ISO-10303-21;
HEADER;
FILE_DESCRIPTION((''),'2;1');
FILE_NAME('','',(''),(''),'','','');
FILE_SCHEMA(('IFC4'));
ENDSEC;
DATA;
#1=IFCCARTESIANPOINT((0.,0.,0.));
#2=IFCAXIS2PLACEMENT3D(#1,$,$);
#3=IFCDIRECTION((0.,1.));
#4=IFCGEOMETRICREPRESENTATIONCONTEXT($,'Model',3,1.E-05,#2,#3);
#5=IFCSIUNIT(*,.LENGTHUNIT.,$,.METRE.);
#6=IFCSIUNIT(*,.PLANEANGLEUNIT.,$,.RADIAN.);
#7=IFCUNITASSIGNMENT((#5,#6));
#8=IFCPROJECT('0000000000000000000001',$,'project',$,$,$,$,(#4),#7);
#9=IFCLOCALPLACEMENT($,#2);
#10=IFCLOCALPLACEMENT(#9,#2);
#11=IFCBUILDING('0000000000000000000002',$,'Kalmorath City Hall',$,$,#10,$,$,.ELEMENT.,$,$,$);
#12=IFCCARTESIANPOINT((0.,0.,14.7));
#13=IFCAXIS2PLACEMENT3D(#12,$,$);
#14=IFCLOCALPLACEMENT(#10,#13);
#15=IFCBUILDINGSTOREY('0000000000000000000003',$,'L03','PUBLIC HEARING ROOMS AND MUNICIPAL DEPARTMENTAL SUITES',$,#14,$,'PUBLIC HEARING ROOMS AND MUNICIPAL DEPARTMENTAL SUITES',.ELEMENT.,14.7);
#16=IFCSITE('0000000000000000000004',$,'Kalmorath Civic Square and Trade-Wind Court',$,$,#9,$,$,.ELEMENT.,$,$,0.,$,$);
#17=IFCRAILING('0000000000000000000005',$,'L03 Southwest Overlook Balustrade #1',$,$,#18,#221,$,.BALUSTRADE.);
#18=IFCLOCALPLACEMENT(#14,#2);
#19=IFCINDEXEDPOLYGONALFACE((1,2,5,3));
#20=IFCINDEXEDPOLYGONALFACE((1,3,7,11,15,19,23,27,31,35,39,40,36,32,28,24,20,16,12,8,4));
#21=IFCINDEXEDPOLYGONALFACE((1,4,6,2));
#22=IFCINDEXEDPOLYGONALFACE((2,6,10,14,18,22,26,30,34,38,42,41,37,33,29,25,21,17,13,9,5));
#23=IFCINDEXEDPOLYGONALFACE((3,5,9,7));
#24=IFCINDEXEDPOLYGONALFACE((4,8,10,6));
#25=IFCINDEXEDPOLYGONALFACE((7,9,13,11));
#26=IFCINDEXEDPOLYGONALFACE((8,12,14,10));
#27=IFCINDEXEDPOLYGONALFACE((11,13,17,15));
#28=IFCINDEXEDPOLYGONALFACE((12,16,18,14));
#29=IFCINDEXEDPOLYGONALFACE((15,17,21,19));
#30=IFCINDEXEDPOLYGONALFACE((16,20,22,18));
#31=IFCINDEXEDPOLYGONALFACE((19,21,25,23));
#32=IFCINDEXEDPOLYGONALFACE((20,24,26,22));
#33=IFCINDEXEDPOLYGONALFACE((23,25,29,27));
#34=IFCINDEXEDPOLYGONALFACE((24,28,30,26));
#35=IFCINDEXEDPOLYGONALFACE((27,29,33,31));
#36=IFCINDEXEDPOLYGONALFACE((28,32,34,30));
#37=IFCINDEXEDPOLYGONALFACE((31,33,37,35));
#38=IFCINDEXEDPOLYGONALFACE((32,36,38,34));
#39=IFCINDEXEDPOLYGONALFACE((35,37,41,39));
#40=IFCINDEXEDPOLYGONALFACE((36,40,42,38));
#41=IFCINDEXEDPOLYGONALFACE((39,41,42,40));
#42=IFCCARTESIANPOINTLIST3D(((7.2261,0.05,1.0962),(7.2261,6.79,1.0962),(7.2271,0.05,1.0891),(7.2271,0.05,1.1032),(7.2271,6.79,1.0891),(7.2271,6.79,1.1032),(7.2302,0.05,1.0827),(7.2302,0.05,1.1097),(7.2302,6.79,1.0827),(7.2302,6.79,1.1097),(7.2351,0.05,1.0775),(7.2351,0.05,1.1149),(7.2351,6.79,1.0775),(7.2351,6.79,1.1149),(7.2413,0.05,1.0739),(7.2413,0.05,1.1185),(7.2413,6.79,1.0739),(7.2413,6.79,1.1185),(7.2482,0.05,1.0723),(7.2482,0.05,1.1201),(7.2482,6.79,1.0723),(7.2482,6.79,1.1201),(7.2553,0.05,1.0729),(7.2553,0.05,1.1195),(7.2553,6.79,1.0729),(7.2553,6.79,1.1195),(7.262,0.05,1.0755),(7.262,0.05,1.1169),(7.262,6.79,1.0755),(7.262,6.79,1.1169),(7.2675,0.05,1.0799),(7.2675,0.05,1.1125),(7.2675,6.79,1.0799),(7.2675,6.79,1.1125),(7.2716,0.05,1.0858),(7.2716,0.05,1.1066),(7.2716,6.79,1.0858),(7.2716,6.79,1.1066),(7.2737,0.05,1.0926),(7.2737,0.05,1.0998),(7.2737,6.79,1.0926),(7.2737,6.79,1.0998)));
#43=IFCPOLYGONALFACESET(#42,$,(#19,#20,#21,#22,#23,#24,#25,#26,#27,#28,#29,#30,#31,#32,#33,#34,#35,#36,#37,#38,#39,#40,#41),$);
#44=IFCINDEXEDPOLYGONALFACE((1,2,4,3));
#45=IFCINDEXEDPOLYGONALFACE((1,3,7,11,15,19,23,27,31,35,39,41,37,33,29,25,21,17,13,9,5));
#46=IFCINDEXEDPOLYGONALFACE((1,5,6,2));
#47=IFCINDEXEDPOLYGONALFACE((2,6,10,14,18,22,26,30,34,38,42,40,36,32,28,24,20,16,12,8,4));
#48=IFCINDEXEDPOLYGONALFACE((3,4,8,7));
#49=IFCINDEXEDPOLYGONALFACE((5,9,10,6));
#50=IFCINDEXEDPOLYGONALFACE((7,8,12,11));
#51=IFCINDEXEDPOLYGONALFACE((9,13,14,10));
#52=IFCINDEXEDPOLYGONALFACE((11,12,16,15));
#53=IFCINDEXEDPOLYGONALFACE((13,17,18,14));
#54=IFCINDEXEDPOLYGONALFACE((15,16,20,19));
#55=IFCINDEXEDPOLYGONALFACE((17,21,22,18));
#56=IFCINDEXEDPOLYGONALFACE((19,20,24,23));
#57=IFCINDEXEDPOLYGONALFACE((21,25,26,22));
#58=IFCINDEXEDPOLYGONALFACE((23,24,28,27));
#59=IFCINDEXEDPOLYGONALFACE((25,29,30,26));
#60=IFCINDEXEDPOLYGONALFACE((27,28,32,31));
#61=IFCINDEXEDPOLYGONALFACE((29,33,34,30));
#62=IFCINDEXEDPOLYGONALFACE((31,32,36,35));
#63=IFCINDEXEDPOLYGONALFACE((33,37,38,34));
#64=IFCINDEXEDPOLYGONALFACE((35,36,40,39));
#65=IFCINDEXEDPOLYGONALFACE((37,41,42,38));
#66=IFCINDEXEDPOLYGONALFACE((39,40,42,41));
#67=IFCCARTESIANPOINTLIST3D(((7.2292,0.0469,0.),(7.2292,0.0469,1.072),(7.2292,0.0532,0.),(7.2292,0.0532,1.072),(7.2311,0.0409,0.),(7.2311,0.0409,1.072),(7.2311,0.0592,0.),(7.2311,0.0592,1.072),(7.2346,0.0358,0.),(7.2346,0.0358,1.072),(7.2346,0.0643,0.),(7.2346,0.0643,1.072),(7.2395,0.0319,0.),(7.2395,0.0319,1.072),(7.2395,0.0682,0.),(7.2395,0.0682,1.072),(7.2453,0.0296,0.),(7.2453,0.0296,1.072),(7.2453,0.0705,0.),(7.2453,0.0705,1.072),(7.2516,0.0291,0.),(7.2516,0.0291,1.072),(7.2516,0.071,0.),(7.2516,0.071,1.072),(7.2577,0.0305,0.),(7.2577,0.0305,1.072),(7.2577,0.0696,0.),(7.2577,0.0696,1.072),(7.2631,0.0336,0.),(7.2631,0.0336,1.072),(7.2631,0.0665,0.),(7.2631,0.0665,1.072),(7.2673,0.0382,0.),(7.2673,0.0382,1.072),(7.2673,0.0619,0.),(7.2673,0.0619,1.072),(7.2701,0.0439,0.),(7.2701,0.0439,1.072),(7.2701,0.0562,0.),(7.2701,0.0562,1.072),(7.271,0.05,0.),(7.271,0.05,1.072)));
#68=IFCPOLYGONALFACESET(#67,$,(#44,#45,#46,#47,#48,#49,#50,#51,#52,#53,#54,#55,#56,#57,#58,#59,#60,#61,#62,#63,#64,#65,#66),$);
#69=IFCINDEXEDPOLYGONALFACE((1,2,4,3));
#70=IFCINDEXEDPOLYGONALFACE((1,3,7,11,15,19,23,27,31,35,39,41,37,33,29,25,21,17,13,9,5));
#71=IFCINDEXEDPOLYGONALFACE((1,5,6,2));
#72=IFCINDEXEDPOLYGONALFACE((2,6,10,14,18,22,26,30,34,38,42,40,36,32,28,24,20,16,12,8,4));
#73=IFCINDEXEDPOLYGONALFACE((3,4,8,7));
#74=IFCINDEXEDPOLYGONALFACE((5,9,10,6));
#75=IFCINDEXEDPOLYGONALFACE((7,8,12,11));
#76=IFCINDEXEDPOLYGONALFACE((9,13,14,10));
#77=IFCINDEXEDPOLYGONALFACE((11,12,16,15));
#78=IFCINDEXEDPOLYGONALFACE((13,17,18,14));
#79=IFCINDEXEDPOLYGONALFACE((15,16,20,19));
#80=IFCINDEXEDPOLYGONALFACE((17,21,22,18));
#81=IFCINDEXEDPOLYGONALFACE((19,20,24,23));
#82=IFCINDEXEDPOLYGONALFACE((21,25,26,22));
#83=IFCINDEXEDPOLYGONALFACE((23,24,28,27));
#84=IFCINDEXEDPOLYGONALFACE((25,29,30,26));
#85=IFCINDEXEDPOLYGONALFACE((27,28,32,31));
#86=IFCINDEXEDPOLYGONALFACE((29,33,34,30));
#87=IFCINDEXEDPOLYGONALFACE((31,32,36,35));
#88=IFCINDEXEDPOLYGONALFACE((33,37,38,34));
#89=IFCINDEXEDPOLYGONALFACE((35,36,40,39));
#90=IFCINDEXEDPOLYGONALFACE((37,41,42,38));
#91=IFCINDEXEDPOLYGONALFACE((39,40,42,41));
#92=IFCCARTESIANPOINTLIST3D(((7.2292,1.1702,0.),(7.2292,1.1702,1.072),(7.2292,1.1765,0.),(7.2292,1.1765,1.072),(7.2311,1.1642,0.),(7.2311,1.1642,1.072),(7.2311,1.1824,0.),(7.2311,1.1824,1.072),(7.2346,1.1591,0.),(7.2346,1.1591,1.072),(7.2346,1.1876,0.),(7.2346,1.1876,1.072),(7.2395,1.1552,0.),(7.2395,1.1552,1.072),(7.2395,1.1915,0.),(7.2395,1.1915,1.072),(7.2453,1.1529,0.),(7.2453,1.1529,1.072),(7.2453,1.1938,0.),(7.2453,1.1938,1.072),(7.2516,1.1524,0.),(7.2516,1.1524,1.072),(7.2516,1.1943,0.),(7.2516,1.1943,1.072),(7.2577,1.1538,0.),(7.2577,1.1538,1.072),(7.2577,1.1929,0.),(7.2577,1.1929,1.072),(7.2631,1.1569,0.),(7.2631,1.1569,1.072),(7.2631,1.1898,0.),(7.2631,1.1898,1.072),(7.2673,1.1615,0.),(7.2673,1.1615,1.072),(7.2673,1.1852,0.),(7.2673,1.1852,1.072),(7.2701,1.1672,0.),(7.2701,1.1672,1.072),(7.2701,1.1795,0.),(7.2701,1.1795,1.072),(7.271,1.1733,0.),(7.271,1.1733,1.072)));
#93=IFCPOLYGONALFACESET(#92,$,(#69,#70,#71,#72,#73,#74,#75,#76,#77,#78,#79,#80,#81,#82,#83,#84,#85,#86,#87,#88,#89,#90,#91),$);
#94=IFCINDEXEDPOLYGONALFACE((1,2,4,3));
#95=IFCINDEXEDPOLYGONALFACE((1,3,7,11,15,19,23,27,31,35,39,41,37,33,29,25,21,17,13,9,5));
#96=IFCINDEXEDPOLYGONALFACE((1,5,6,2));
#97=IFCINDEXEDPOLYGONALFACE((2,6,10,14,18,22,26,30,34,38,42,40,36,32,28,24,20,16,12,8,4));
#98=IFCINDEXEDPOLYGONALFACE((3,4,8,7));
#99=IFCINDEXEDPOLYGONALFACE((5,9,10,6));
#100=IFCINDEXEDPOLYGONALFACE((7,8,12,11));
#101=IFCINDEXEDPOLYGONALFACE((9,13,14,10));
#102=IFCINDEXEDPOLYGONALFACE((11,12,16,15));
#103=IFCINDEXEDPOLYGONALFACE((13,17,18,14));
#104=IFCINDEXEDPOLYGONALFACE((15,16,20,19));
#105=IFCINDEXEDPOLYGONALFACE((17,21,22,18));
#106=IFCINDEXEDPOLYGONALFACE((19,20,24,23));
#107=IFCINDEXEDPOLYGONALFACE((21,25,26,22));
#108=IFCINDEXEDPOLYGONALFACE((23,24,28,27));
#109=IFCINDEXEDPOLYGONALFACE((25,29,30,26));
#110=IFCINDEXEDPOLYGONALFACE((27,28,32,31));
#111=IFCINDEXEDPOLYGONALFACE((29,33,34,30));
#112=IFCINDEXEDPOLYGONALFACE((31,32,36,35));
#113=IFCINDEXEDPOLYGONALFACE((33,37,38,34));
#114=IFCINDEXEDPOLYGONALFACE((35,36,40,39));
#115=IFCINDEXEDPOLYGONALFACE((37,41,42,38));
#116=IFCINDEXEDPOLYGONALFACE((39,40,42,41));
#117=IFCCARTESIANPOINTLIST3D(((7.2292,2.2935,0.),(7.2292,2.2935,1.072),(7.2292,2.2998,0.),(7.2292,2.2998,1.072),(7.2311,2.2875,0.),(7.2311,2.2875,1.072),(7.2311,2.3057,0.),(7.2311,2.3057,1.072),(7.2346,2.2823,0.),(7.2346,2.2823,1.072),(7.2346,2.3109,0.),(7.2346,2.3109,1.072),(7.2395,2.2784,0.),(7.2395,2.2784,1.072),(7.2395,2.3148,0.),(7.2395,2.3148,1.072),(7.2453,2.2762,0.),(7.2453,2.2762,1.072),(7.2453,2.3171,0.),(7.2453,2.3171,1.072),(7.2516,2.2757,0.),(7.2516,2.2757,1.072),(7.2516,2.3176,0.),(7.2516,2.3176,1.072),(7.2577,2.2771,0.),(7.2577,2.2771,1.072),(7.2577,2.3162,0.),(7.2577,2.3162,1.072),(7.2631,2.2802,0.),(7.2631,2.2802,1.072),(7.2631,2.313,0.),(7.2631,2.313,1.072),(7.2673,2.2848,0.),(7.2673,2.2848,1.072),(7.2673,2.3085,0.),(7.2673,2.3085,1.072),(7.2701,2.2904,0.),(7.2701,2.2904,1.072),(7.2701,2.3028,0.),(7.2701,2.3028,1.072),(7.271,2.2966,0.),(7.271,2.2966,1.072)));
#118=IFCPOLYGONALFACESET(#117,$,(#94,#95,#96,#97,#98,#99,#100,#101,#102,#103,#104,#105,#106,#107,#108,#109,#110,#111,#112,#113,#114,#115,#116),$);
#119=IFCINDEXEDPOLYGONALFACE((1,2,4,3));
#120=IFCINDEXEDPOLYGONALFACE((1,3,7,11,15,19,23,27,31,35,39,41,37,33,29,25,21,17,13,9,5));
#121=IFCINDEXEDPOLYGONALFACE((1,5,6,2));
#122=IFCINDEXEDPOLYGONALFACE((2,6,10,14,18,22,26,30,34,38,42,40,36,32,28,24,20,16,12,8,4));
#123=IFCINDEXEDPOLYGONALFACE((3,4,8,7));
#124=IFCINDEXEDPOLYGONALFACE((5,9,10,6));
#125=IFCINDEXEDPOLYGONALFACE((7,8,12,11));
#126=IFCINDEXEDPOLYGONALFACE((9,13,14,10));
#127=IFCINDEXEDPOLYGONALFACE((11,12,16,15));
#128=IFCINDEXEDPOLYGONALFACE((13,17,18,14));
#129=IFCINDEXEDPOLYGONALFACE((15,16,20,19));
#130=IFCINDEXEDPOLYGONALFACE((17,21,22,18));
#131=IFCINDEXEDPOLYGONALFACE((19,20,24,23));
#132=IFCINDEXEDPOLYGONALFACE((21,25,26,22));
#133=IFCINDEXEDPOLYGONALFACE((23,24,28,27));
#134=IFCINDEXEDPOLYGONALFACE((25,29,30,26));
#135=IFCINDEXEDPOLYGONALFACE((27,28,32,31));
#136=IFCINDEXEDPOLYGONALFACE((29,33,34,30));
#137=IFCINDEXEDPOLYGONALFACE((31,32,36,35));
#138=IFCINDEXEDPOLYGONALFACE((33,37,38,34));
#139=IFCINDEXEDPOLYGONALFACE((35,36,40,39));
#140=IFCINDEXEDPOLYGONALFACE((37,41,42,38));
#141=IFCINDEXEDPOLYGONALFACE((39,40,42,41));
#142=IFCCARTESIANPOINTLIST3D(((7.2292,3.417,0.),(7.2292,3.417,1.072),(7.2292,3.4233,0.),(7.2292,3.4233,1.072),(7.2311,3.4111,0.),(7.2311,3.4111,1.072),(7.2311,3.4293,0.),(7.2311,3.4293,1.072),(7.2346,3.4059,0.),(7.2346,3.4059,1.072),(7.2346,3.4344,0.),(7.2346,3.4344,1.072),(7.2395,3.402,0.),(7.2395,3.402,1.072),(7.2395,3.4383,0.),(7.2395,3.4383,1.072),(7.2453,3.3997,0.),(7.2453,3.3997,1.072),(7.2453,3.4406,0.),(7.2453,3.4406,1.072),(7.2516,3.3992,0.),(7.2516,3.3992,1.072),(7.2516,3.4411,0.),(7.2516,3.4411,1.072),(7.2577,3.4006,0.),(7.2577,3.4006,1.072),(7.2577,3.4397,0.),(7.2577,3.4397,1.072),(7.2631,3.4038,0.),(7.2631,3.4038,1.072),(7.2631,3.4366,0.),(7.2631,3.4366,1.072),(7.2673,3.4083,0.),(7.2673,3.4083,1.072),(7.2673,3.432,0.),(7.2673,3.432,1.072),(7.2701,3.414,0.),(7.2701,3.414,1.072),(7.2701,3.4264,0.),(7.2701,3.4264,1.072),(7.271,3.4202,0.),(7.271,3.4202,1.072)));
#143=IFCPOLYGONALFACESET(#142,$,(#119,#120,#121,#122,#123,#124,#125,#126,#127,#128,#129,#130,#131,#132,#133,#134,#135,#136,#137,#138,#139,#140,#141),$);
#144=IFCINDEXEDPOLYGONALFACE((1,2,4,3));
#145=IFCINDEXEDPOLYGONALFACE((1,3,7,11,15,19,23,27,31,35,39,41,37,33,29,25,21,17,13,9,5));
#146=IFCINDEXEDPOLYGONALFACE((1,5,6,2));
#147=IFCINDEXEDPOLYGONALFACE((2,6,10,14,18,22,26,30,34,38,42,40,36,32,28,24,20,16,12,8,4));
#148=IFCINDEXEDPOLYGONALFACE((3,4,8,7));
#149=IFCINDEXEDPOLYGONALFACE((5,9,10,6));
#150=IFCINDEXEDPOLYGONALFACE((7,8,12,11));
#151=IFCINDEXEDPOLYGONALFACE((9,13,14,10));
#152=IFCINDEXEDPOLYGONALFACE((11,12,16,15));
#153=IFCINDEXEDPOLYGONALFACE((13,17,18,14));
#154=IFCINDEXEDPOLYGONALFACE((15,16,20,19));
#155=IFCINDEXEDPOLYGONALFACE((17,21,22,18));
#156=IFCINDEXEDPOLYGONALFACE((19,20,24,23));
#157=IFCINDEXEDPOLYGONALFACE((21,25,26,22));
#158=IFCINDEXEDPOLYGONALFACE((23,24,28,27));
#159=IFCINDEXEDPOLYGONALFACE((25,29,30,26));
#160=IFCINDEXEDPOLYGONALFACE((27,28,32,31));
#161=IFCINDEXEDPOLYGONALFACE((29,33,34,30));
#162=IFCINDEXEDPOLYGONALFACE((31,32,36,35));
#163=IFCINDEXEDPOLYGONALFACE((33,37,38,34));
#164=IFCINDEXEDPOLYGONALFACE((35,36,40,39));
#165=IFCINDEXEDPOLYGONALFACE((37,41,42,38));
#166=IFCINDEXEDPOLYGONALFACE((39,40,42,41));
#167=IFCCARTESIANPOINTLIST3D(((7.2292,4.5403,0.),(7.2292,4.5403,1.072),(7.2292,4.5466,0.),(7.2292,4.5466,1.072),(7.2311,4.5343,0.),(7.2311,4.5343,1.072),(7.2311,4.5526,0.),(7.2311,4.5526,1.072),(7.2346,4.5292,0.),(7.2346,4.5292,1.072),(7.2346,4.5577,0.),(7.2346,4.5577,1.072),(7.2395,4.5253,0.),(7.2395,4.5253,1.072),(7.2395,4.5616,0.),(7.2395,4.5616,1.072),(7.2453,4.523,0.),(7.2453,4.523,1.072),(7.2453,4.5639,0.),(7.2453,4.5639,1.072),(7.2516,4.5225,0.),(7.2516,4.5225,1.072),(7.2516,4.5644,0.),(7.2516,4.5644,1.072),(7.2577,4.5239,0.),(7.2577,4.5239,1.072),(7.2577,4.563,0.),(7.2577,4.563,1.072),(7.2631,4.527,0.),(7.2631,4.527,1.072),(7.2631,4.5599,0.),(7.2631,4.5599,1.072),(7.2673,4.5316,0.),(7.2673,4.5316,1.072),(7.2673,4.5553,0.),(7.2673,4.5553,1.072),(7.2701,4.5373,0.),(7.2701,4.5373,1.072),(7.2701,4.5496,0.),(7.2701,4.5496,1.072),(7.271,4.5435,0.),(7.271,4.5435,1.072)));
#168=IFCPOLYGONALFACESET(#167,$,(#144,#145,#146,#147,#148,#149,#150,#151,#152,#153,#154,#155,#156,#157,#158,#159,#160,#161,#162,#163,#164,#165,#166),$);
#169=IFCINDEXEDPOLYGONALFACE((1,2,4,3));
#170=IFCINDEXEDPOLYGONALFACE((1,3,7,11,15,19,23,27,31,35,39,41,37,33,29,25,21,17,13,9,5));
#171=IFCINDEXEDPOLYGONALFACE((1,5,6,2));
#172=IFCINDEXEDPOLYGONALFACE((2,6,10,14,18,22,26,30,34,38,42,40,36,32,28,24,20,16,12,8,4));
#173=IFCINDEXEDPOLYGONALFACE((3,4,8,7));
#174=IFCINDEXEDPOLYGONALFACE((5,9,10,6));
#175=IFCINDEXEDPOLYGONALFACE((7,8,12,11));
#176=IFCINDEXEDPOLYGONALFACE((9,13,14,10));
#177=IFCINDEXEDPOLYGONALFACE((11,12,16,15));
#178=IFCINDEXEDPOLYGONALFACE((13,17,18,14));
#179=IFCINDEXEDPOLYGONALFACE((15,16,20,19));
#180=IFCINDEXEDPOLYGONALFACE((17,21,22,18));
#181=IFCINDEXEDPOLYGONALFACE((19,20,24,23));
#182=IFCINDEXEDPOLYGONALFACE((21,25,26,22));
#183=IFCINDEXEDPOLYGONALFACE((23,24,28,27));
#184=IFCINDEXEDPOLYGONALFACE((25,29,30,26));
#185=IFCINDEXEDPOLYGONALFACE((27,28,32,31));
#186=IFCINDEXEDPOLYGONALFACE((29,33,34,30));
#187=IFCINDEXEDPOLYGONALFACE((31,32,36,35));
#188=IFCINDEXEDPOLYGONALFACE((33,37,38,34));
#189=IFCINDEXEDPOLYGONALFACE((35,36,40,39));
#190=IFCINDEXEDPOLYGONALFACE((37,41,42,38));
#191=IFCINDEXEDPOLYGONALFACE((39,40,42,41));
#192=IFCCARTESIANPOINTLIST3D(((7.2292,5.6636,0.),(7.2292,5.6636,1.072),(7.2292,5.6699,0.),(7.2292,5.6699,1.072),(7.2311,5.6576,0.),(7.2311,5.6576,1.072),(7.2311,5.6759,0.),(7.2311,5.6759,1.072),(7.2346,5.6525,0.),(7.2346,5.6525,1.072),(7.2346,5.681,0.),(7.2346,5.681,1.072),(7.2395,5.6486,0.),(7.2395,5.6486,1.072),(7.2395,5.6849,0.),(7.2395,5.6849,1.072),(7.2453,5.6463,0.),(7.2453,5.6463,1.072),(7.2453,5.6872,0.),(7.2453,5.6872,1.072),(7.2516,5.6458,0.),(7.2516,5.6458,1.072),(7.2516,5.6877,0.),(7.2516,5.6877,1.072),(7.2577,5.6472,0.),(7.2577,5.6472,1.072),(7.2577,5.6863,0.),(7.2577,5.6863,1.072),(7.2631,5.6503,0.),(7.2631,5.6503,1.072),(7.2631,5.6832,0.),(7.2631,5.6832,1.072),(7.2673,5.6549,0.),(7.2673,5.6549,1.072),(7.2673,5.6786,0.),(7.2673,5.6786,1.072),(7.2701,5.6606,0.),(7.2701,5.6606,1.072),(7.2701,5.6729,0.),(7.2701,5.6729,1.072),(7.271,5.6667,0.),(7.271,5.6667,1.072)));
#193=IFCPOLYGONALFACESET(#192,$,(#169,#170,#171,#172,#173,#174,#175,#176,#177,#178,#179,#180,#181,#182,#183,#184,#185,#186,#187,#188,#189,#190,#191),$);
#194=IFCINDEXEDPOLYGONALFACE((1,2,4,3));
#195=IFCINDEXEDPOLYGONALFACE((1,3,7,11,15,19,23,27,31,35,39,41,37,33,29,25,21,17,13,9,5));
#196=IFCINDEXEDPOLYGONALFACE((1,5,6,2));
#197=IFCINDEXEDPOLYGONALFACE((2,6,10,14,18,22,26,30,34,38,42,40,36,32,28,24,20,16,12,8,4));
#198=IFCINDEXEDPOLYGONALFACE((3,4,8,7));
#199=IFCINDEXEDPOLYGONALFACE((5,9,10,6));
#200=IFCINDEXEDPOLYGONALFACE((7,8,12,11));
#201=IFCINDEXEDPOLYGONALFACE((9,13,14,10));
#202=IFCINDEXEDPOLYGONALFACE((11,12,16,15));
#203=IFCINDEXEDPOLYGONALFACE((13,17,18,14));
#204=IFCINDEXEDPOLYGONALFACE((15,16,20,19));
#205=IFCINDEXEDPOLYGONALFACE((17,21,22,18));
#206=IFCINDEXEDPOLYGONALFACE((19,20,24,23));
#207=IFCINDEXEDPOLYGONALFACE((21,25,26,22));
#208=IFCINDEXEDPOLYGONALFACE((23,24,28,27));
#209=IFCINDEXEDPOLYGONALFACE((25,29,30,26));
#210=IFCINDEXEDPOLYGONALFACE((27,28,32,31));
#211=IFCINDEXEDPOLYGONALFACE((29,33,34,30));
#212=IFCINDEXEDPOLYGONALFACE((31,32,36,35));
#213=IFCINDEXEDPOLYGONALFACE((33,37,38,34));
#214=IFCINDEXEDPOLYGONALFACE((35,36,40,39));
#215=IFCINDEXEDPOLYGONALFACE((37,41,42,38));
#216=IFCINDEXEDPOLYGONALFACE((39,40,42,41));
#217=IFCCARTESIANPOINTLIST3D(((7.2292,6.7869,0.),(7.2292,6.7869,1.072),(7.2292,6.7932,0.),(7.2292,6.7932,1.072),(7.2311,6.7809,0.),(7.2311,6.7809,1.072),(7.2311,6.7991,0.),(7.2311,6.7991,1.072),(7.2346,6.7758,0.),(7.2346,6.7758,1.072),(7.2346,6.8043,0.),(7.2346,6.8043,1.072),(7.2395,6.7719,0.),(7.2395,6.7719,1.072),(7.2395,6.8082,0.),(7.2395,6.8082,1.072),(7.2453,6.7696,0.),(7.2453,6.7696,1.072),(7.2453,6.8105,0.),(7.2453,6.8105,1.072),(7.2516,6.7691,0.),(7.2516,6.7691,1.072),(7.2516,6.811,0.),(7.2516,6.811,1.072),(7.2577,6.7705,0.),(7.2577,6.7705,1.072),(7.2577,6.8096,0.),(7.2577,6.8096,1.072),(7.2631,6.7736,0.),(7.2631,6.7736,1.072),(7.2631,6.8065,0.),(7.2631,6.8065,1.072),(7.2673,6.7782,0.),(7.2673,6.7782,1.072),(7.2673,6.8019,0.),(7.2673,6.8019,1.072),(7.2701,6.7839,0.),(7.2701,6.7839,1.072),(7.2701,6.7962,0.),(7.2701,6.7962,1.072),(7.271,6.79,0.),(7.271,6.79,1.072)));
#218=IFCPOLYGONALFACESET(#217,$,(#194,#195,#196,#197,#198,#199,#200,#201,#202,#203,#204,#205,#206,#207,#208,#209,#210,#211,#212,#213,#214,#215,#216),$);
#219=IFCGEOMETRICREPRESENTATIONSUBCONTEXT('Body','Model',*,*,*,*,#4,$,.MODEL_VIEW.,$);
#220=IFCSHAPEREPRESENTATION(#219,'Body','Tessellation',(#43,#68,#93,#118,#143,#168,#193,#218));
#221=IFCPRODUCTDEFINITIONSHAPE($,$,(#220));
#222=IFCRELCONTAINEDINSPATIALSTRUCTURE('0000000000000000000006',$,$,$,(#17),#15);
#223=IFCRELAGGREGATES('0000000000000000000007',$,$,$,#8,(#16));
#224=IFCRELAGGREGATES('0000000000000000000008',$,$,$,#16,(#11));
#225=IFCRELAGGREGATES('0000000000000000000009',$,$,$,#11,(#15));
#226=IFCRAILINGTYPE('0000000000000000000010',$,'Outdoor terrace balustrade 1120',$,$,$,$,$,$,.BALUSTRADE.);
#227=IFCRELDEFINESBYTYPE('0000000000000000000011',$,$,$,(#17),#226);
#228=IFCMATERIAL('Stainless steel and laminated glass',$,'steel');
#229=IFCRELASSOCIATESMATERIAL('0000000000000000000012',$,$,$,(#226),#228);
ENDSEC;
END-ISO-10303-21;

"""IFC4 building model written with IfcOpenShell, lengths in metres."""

from ifc_helpers import new_model, si_unit, direction, frame, origin, origin_2d, place, context, subcontext, project, spatial, circle, extrude, material, type_object, element, save


model = new_model("IFC4")

# Units and contexts
model_context = context("Model", 3, precision=1e-05, world=origin(), true_north=direction((0.0, 1.0)))
body_context = subcontext(model_context, "Body", "Model", "MODEL_VIEW")
ifc_project = project(units=[si_unit("LENGTHUNIT", "METRE"), si_unit("PLANEANGLEUNIT", "RADIAN")], contexts=[model_context])

# Site, building, storey
site_placement = place(None, origin())
site = spatial("IfcSite", under=ifc_project, at=site_placement, Name="Kalmorath Civic Square and Trade-Wind Court", CompositionType="ELEMENT", RefElevation=0.0)
building_placement = place(site_placement, origin())
building = spatial("IfcBuilding", under=site, at=building_placement, Name="Kalmorath City Hall", CompositionType="ELEMENT")
storey_placement = place(building_placement, frame((0.0, 0.0, 14.7)))
storey = spatial("IfcBuildingStorey", under=building, at=storey_placement, Name="L03", Description="PUBLIC HEARING ROOMS AND MUNICIPAL DEPARTMENTAL SUITES", LongName="PUBLIC HEARING ROOMS AND MUNICIPAL DEPARTMENTAL SUITES", CompositionType="ELEMENT", Elevation=14.7)

# Railing
ifc_material_1 = material(Name="Stainless steel and laminated glass", Category="steel")
railing_type = type_object("IfcRailingType", Name="Outdoor terrace balustrade 1120", PredefinedType="BALUSTRADE", material=ifc_material_1)
railing_placement = place(storey_placement, frame((7.25, 0.05, 0.0)))
element("IfcRailing", 1, at=railing_placement, inside=storey, type_object=railing_type, Name="L03 Southwest Overlook Balustrade #1", PredefinedType="BALUSTRADE", context=body_context, shape_type="SweptSolid", body=[
    extrude(circle(Radius=0.0239, at=origin_2d()), frame((0.0, 0.0, 1.0962), z_axis=(0.0, 1.0, 0.0), x_axis=(-1.0, 0.0, 0.0)), (0.0, 0.0, 1.0), 6.74),
    extrude(circle(Radius=0.021, at=origin_2d()), origin(), (0.0, 0.0, 1.0), 1.072),
    extrude(circle(Radius=0.021, at=origin_2d()), frame((0.0, 1.1233, 0.0)), (0.0, 0.0, 1.0), 1.072),
    extrude(circle(Radius=0.021, at=origin_2d()), frame((0.0, 2.2466, 0.0)), (0.0, 0.0, 1.0), 1.072),
    extrude(circle(Radius=0.021, at=origin_2d()), frame((0.0, 3.3701, 0.0)), (0.0, 0.0, 1.0), 1.072),
    extrude(circle(Radius=0.021, at=origin_2d()), frame((0.0, 4.4934, 0.0)), (0.0, 0.0, 1.0), 1.072),
    extrude(circle(Radius=0.021, at=origin_2d()), frame((0.0, 5.6167, 0.0)), (0.0, 0.0, 1.0), 1.072),
    extrude(circle(Radius=0.021, at=origin_2d()), frame((0.0, 6.74, 0.0)), (0.0, 0.0, 1.0), 1.072),
])

save(model, "model.ifc")
